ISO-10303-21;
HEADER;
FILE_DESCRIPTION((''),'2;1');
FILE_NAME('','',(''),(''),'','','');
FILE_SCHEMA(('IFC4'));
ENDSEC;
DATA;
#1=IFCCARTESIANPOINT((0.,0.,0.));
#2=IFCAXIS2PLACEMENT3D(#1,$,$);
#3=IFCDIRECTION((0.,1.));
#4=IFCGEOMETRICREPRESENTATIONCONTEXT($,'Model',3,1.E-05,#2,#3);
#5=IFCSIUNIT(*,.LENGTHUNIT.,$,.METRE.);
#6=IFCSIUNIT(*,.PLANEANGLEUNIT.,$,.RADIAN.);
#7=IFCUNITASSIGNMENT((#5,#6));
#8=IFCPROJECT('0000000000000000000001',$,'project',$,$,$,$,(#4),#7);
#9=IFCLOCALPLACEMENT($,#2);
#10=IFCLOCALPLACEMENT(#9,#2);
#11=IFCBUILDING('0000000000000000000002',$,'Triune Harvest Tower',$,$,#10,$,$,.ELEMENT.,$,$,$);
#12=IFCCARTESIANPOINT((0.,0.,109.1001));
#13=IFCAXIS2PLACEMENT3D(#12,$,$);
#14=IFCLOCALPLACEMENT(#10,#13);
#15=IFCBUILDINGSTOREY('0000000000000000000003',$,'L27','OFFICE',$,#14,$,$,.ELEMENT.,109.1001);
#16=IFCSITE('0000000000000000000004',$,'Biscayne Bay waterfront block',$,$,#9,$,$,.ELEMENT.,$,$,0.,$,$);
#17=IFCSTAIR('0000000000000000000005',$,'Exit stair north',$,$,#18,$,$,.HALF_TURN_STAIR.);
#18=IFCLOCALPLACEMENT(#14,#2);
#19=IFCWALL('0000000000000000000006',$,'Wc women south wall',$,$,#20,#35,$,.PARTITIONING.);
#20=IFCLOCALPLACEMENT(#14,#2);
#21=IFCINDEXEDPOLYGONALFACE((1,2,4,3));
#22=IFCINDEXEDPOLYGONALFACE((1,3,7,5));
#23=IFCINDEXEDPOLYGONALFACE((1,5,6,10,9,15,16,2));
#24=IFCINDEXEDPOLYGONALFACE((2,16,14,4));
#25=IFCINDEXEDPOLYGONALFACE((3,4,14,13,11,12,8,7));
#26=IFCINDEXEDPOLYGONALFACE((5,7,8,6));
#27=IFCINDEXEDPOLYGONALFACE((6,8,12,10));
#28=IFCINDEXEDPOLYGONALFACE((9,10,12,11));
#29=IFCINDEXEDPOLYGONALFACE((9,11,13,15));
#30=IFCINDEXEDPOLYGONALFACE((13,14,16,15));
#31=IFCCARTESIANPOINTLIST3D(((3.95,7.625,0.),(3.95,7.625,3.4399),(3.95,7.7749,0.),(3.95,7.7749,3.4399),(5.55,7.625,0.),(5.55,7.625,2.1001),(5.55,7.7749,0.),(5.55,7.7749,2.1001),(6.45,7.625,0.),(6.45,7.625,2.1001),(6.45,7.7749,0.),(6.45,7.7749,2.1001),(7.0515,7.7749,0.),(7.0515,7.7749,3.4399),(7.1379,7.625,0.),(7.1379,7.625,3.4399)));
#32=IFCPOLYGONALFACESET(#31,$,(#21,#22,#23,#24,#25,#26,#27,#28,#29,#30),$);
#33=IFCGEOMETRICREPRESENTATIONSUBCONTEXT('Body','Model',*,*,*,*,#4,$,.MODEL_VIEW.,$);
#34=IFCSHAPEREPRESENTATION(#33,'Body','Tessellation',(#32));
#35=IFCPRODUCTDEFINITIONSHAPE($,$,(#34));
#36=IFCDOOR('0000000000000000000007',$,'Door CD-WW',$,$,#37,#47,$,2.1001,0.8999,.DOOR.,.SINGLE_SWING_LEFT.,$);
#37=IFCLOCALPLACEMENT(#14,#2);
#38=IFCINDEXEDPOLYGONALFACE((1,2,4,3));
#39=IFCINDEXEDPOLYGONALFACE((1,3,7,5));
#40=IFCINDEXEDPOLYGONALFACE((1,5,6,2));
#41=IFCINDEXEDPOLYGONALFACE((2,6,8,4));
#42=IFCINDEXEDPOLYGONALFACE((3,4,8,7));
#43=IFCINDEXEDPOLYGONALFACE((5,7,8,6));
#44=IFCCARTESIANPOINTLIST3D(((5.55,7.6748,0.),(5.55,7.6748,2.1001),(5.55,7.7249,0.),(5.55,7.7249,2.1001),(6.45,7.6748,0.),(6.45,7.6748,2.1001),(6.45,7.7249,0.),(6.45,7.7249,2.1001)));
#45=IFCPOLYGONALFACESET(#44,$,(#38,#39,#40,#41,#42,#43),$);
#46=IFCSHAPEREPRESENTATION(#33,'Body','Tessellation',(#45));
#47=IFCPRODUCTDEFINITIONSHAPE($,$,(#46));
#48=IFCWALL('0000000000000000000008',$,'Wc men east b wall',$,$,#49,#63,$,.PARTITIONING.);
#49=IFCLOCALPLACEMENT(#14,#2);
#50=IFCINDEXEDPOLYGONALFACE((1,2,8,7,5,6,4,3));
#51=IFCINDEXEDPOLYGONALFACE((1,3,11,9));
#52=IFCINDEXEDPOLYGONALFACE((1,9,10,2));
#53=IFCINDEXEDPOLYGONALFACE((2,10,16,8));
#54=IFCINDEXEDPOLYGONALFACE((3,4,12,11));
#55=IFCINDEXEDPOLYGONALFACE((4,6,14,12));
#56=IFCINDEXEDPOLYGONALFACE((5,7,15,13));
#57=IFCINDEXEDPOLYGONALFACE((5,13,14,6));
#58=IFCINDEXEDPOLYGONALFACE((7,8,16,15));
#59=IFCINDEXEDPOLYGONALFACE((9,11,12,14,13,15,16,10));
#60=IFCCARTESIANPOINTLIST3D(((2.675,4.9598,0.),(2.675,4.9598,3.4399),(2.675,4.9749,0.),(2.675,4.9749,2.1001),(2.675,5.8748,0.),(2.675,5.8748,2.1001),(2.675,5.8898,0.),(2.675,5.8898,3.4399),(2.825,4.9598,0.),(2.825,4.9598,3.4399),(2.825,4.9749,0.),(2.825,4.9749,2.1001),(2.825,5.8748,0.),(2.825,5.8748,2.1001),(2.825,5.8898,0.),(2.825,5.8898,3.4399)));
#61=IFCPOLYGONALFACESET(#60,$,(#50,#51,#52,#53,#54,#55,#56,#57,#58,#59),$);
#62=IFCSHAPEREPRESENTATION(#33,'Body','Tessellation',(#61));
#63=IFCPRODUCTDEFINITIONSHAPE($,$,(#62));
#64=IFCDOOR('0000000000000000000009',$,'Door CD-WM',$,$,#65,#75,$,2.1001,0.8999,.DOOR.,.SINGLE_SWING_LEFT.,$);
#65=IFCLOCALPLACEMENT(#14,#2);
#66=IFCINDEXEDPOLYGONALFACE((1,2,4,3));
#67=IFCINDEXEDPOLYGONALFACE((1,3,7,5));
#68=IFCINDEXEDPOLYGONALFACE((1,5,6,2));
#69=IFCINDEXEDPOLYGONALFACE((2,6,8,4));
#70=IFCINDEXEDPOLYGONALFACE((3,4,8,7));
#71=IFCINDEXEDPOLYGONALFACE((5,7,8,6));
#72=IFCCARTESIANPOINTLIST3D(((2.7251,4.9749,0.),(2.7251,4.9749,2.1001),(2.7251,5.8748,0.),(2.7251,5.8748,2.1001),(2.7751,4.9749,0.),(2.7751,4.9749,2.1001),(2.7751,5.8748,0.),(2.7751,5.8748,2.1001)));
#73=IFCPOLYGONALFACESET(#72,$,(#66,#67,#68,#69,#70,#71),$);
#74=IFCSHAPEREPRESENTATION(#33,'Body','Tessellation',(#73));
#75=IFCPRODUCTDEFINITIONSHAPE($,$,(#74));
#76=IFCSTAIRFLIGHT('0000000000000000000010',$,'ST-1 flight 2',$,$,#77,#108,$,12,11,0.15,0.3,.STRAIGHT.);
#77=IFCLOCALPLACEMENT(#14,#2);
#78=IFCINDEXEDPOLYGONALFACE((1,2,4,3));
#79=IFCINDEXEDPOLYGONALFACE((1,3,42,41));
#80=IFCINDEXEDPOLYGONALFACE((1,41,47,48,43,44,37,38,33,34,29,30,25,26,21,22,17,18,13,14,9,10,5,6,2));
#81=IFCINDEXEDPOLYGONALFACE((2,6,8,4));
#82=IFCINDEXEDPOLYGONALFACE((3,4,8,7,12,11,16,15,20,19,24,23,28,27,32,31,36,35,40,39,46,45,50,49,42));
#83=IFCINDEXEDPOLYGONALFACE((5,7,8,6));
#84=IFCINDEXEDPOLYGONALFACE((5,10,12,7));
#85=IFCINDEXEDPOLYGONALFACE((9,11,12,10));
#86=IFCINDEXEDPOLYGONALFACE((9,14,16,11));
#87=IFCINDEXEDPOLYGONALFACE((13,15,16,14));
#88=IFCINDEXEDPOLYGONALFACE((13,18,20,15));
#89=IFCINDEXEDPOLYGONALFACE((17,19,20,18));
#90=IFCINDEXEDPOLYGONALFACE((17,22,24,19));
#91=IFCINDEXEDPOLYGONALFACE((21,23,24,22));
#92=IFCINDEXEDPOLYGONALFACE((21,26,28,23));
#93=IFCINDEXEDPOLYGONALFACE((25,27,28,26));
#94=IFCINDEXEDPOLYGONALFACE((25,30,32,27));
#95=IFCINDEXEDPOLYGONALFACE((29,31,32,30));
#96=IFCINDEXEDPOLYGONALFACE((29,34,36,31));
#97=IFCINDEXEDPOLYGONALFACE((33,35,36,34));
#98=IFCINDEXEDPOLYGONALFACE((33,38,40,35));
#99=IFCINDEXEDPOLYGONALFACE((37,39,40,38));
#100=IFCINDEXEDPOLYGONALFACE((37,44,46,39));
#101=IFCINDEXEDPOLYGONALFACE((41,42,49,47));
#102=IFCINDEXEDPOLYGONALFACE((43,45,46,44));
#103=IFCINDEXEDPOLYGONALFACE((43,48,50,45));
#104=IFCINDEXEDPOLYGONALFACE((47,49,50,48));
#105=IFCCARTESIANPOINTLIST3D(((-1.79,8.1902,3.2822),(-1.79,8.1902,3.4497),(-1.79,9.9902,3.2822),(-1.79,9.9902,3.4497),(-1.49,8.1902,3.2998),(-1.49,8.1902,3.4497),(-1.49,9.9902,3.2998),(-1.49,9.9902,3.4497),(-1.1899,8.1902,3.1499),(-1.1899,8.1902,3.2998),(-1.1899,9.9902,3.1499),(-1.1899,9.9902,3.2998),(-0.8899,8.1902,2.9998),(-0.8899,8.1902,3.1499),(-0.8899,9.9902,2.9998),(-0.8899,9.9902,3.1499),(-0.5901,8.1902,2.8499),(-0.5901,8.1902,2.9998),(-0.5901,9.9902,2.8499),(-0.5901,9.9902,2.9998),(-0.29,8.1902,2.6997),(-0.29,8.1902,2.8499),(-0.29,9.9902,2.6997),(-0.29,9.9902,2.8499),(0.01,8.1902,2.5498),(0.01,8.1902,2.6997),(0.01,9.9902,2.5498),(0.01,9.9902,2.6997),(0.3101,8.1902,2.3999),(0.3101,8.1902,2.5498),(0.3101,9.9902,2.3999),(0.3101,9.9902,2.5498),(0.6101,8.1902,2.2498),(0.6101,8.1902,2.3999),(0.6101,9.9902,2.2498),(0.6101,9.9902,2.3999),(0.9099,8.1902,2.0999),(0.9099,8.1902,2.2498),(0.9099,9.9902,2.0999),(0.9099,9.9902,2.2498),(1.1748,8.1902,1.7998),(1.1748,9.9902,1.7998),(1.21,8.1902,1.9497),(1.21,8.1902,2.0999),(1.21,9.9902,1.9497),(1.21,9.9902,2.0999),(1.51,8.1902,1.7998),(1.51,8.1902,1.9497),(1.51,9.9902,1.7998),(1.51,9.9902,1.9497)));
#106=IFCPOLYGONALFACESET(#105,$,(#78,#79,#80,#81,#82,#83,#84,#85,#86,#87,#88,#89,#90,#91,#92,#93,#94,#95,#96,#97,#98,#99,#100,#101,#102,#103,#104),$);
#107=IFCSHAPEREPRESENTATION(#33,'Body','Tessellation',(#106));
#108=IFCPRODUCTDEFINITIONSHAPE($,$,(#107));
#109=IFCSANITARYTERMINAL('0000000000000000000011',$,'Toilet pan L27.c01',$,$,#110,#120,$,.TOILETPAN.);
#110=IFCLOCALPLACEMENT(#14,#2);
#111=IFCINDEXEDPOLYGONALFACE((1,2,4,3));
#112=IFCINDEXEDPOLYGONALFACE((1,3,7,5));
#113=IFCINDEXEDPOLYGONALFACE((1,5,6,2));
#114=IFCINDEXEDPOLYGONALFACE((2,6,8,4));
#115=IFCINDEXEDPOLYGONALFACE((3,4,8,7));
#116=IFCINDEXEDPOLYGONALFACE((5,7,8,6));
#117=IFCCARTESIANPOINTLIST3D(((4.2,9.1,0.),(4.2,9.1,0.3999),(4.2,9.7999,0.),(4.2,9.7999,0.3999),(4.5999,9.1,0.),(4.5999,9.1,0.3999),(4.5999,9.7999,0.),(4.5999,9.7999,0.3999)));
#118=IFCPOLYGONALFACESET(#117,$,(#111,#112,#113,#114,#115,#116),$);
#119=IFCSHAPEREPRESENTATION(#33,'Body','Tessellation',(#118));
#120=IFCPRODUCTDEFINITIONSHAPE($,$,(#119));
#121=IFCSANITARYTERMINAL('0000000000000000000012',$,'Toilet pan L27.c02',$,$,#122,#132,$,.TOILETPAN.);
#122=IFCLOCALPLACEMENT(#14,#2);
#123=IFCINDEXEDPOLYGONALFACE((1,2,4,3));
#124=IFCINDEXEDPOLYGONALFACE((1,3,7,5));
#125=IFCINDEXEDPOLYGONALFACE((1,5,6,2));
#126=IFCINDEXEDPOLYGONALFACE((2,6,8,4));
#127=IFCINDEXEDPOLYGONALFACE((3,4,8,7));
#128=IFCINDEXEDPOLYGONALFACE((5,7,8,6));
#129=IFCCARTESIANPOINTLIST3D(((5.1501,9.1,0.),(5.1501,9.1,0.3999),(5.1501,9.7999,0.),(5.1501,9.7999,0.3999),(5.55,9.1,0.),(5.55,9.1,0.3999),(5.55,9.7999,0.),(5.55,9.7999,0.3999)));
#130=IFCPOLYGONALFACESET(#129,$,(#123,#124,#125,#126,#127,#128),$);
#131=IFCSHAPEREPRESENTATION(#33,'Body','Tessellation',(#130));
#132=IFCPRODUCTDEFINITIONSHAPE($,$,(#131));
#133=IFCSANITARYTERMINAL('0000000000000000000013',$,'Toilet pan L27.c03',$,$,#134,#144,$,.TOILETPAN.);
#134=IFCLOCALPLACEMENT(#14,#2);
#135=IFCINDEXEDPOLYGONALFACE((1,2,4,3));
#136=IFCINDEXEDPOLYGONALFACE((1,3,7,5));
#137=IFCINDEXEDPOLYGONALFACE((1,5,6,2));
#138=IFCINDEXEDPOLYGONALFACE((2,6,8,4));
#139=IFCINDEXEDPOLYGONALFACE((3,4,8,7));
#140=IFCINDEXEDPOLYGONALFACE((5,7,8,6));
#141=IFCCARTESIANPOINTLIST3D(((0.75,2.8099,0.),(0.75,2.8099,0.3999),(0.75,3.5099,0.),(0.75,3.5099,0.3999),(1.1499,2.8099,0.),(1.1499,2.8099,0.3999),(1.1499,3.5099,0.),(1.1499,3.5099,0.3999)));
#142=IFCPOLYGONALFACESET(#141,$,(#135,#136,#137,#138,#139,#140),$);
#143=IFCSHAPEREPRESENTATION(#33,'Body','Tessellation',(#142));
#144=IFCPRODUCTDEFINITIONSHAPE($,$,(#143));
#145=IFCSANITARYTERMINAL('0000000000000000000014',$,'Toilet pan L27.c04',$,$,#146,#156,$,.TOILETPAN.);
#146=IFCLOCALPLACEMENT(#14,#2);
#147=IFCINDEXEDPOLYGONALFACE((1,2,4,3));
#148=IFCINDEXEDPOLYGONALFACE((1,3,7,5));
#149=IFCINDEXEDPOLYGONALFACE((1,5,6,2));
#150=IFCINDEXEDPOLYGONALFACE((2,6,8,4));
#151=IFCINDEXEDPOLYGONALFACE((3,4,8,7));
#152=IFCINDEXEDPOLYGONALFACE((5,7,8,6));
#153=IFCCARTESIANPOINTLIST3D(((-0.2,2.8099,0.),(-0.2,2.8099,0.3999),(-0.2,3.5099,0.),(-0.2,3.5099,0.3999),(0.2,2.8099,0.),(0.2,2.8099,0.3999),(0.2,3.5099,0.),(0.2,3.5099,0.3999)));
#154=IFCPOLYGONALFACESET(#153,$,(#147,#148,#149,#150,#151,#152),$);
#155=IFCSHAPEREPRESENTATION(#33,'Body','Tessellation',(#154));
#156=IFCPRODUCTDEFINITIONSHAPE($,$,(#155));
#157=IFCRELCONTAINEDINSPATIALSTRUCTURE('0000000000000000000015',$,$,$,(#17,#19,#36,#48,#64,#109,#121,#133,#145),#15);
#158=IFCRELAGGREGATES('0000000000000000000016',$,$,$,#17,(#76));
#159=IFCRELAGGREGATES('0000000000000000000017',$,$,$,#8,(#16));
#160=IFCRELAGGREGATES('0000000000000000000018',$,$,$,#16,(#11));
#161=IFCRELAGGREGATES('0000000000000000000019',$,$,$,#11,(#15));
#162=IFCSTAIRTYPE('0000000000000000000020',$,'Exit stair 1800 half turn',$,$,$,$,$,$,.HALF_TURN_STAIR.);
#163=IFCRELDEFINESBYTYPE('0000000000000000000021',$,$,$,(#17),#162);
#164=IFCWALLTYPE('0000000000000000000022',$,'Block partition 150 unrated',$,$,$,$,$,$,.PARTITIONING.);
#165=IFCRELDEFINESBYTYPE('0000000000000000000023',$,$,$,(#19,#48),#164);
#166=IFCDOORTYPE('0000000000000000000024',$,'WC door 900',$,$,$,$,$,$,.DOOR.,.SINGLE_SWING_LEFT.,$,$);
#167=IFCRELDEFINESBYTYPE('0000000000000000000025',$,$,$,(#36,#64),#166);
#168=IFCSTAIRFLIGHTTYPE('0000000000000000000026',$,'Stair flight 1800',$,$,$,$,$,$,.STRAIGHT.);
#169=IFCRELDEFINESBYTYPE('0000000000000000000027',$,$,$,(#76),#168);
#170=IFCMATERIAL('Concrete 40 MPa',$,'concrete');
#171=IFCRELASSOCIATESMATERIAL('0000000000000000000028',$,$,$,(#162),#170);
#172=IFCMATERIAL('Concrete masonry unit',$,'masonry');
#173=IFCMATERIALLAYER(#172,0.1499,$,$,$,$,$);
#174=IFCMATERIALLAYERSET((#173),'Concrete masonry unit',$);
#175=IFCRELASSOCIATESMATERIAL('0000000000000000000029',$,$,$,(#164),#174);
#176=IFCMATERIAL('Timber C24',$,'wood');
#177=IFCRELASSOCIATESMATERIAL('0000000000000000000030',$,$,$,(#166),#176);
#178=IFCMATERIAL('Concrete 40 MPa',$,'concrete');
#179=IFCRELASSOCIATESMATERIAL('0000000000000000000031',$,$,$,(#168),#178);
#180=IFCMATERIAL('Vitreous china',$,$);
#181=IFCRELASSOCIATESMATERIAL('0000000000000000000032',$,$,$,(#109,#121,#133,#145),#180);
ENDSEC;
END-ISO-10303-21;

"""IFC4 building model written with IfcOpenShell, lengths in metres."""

from ifc_helpers import new_model, si_unit, direction, frame, frame_2d, origin, origin_2d, place, context, subcontext, project, spatial, polyline, rectangle, outline, extrude, source, transform, mapped, material, layer, layer_set, type_object, element, fill, aggregate, save


model = new_model("IFC4")

# Units and contexts
model_context = context("Model", 3, precision=1e-05, world=origin(), true_north=direction((0.0, 1.0)))
body_context = subcontext(model_context, "Body", "Model", "MODEL_VIEW")
ifc_project = project(units=[si_unit("LENGTHUNIT", "METRE"), si_unit("PLANEANGLEUNIT", "RADIAN")], contexts=[model_context])

# Site, building, storey
site_placement = place(None, origin())
site = spatial("IfcSite", under=ifc_project, at=site_placement, Name="Biscayne Bay waterfront block", CompositionType="ELEMENT", RefElevation=0.0)
building_placement = place(site_placement, origin())
building = spatial("IfcBuilding", under=site, at=building_placement, Name="Triune Harvest Tower", CompositionType="ELEMENT")
storey_placement = place(building_placement, frame((0.0, 0.0, 109.1001)))
storey = spatial("IfcBuildingStorey", under=building, at=storey_placement, Name="L27", Description="OFFICE", CompositionType="ELEMENT", Elevation=109.1001)

# Stair
ifc_material_1 = material(Name="Concrete 40 MPa", Category="concrete")
stair_type = type_object("IfcStairType", Name="Exit stair 1800 half turn", PredefinedType="HALF_TURN_STAIR", material=ifc_material_1)
stair_1_placement = place(storey_placement, origin())
stair_1 = element("IfcStair", 1, at=stair_1_placement, inside=storey, type_object=stair_type, Name="Exit stair north", PredefinedType="HALF_TURN_STAIR")

# Walls, openings, doors
ifc_material_2 = material(Name="Concrete masonry unit", Category="masonry")
ifc_layer_1 = layer(ifc_material_2, 0.1499)
ifc_layer_set_1 = layer_set([ifc_layer_1], Name="Concrete masonry unit")
wall_type_1 = type_object("IfcWallType", Name="Block partition 150 unrated", PredefinedType="PARTITIONING", material=ifc_layer_set_1)
shared_shape_1 = source(origin(), body_context, "Body", "SweptSolid", [
    extrude(outline(polyline([(0.0, -0.075), (0.0, 0.075), (3.1016, 0.075), (3.188, -0.075), (0.0, -0.075)])), origin(), (0.0, 0.0, 1.0), 3.4399),
])
wall_1_placement = place(storey_placement, frame((3.95, 7.7, 0.0), z_axis=(0.0, 0.0, 1.0), x_axis=(1.0, 0.0, 0.0)))
wall_1 = element("IfcWall", 2, at=wall_1_placement, inside=storey, type_object=wall_type_1, Name="Wc women south wall", PredefinedType="PARTITIONING", context=body_context, shape_type="MappedRepresentation", body=[
    mapped(shared_shape_1, transform((0.0, 0.0, 0.0), scale=1.0)),
])
opening_1_placement = place(wall_1_placement, frame((1.6001, 0.0, 0.0)))
opening_1 = element("IfcOpeningElement", 3, at=opening_1_placement, cuts=wall_1, PredefinedType="OPENING", context=body_context, shape_type="SweptSolid", body=[
    extrude(rectangle(XDim=0.8999, YDim=2.1001, at=frame_2d((0.45, 1.05))), frame((0.0, 0.085, 0.0), z_axis=(0.0, -1.0, 0.0), x_axis=(1.0, 0.0, 0.0)), (0.0, 0.0, 1.0), 0.1699),
])
ifc_material_3 = material(Name="Timber C24", Category="wood")
door_type_1 = type_object("IfcDoorType", Name="WC door 900", OperationType="SINGLE_SWING_LEFT", PredefinedType="DOOR", material=ifc_material_3)
door_1_placement = place(opening_1_placement, origin())
door_1 = element("IfcDoor", 4, at=door_1_placement, inside=storey, type_object=door_type_1, Name="Door CD-WW", OperationType="SINGLE_SWING_LEFT", OverallHeight=2.1001, OverallWidth=0.8999, PredefinedType="DOOR", context=body_context, shape_type="SweptSolid", body=[
    extrude(rectangle(XDim=0.8999, YDim=2.1001, at=frame_2d((0.45, 1.05))), frame((0.0, 0.0249, 0.0), z_axis=(0.0, -1.0, 0.0), x_axis=(1.0, 0.0, 0.0)), (0.0, 0.0, 1.0), 0.05),
])
fill(opening_1, door_1)
shared_shape_2 = source(origin(), body_context, "Body", "SweptSolid", [
    extrude(rectangle(XDim=0.9299, YDim=0.1499, at=frame_2d((0.4648, 0.0))), origin(), (0.0, 0.0, 1.0), 3.4399),
])
wall_2_placement = place(storey_placement, frame((2.75, 4.96, 0.0), z_axis=(0.0, 0.0, 1.0), x_axis=(0.0, 1.0, 0.0)))
wall_2 = element("IfcWall", 5, at=wall_2_placement, inside=storey, type_object=wall_type_1, Name="Wc men east b wall", PredefinedType="PARTITIONING", context=body_context, shape_type="MappedRepresentation", body=[
    mapped(shared_shape_2, transform((0.0, 0.0, 0.0), scale=1.0)),
])
opening_2_placement = place(wall_2_placement, frame((0.0149, 0.0, 0.0)))
opening_2 = element("IfcOpeningElement", 6, at=opening_2_placement, cuts=wall_2, PredefinedType="OPENING", context=body_context, shape_type="SweptSolid", body=[
    extrude(rectangle(XDim=0.8999, YDim=2.1001, at=frame_2d((0.45, 1.05))), frame((0.0, 0.085, 0.0), z_axis=(0.0, -1.0, 0.0), x_axis=(1.0, 0.0, 0.0)), (0.0, 0.0, 1.0), 0.1699),
])
door_2_placement = place(opening_2_placement, origin())
door_2 = element("IfcDoor", 7, at=door_2_placement, inside=storey, type_object=door_type_1, Name="Door CD-WM", OperationType="SINGLE_SWING_LEFT", OverallHeight=2.1001, OverallWidth=0.8999, PredefinedType="DOOR", context=body_context, shape_type="SweptSolid", body=[
    extrude(rectangle(XDim=0.8999, YDim=2.1001, at=frame_2d((0.45, 1.05))), frame((0.0, 0.0249, 0.0), z_axis=(0.0, -1.0, 0.0), x_axis=(1.0, 0.0, 0.0)), (0.0, 0.0, 1.0), 0.05),
])
fill(opening_2, door_2)

# Stair flight
ifc_material_4 = material(Name="Concrete 40 MPa", Category="concrete")
stair_flight_type = type_object("IfcStairFlightType", Name="Stair flight 1800", PredefinedType="STRAIGHT", material=ifc_material_4)
shared_shape_3 = source(origin(), body_context, "Body", "SweptSolid", [
    extrude(outline(polyline([(0.0, 0.0), (0.0, 0.1499), (0.3, 0.1499), (0.3, 0.3), (0.6001, 0.3), (0.6001, 0.45), (0.8999, 0.45), (0.8999, 0.6001), (1.2, 0.6001), (1.2, 0.75), (1.5, 0.75), (1.5, 0.8999), (1.8, 0.8999), (1.8, 1.05), (2.1001, 1.05), (2.1001, 1.2), (2.3999, 1.2), (2.3999, 1.3501), (2.7, 1.3501), (2.7, 1.5), (3.0, 1.5), (3.0, 1.6499), (3.3, 1.6499), (3.3, 1.8), (3.3, 1.4824), (0.3352, 0.0), (0.0, 0.0)])), frame((0.0, 0.8999, 0.0), z_axis=(0.0, -1.0, 0.0), x_axis=(1.0, 0.0, 0.0)), (0.0, 0.0, 1.0), 1.8),
])
stair_flight_placement = place(storey_placement, frame((1.51, 9.0901, 1.7998), z_axis=(0.0, 0.0, 1.0), x_axis=(-1.0, 0.0, 0.0)))
stair_flight = element("IfcStairFlight", 8, at=stair_flight_placement, type_object=stair_flight_type, Name="ST-1 flight 2", NumberOfRisers=12, NumberOfTreads=11, PredefinedType="STRAIGHT", RiserHeight=0.15, TreadLength=0.3, context=body_context, shape_type="MappedRepresentation", body=[
    mapped(shared_shape_3, transform((0.0, 0.0, 0.0), scale=1.0)),
])
aggregate(stair_1, [stair_flight])

# Sanitary terminals
ifc_material_5 = material(Name="Vitreous china")
shared_shape_4 = source(origin(), body_context, "Body", "SweptSolid", [
    extrude(rectangle(XDim=0.3999, YDim=0.7, at=origin_2d()), origin(), (0.0, 0.0, 1.0), 0.3999),
])
for number, where, z_axis, x_axis, name in (
    (9, (4.3999, 9.45, 0.0), (0.0, 0.0, 1.0), (1.0, 0.0, 0.0), "Toilet pan L27.c01"),
    (10, (5.3501, 9.45, 0.0), (0.0, 0.0, 1.0), (1.0, 0.0, 0.0), "Toilet pan L27.c02"),
    (11, (0.95, 3.1599, 0.0), (0.0, 0.0, 1.0), (-1.0, 0.0, 0.0), "Toilet pan L27.c03"),
    (12, (0.0, 3.1599, 0.0), (0.0, 0.0, 1.0), (-1.0, 0.0, 0.0), "Toilet pan L27.c04"),
):
    element("IfcSanitaryTerminal", number, at=place(storey_placement, frame(where, z_axis=z_axis, x_axis=x_axis)), inside=storey, material=ifc_material_5, Name=name, PredefinedType="TOILETPAN", context=body_context, shape_type="MappedRepresentation", body=[
        mapped(shared_shape_4, transform((0.0, 0.0, 0.0), scale=1.0)),
    ])

save(model, "model.ifc")
